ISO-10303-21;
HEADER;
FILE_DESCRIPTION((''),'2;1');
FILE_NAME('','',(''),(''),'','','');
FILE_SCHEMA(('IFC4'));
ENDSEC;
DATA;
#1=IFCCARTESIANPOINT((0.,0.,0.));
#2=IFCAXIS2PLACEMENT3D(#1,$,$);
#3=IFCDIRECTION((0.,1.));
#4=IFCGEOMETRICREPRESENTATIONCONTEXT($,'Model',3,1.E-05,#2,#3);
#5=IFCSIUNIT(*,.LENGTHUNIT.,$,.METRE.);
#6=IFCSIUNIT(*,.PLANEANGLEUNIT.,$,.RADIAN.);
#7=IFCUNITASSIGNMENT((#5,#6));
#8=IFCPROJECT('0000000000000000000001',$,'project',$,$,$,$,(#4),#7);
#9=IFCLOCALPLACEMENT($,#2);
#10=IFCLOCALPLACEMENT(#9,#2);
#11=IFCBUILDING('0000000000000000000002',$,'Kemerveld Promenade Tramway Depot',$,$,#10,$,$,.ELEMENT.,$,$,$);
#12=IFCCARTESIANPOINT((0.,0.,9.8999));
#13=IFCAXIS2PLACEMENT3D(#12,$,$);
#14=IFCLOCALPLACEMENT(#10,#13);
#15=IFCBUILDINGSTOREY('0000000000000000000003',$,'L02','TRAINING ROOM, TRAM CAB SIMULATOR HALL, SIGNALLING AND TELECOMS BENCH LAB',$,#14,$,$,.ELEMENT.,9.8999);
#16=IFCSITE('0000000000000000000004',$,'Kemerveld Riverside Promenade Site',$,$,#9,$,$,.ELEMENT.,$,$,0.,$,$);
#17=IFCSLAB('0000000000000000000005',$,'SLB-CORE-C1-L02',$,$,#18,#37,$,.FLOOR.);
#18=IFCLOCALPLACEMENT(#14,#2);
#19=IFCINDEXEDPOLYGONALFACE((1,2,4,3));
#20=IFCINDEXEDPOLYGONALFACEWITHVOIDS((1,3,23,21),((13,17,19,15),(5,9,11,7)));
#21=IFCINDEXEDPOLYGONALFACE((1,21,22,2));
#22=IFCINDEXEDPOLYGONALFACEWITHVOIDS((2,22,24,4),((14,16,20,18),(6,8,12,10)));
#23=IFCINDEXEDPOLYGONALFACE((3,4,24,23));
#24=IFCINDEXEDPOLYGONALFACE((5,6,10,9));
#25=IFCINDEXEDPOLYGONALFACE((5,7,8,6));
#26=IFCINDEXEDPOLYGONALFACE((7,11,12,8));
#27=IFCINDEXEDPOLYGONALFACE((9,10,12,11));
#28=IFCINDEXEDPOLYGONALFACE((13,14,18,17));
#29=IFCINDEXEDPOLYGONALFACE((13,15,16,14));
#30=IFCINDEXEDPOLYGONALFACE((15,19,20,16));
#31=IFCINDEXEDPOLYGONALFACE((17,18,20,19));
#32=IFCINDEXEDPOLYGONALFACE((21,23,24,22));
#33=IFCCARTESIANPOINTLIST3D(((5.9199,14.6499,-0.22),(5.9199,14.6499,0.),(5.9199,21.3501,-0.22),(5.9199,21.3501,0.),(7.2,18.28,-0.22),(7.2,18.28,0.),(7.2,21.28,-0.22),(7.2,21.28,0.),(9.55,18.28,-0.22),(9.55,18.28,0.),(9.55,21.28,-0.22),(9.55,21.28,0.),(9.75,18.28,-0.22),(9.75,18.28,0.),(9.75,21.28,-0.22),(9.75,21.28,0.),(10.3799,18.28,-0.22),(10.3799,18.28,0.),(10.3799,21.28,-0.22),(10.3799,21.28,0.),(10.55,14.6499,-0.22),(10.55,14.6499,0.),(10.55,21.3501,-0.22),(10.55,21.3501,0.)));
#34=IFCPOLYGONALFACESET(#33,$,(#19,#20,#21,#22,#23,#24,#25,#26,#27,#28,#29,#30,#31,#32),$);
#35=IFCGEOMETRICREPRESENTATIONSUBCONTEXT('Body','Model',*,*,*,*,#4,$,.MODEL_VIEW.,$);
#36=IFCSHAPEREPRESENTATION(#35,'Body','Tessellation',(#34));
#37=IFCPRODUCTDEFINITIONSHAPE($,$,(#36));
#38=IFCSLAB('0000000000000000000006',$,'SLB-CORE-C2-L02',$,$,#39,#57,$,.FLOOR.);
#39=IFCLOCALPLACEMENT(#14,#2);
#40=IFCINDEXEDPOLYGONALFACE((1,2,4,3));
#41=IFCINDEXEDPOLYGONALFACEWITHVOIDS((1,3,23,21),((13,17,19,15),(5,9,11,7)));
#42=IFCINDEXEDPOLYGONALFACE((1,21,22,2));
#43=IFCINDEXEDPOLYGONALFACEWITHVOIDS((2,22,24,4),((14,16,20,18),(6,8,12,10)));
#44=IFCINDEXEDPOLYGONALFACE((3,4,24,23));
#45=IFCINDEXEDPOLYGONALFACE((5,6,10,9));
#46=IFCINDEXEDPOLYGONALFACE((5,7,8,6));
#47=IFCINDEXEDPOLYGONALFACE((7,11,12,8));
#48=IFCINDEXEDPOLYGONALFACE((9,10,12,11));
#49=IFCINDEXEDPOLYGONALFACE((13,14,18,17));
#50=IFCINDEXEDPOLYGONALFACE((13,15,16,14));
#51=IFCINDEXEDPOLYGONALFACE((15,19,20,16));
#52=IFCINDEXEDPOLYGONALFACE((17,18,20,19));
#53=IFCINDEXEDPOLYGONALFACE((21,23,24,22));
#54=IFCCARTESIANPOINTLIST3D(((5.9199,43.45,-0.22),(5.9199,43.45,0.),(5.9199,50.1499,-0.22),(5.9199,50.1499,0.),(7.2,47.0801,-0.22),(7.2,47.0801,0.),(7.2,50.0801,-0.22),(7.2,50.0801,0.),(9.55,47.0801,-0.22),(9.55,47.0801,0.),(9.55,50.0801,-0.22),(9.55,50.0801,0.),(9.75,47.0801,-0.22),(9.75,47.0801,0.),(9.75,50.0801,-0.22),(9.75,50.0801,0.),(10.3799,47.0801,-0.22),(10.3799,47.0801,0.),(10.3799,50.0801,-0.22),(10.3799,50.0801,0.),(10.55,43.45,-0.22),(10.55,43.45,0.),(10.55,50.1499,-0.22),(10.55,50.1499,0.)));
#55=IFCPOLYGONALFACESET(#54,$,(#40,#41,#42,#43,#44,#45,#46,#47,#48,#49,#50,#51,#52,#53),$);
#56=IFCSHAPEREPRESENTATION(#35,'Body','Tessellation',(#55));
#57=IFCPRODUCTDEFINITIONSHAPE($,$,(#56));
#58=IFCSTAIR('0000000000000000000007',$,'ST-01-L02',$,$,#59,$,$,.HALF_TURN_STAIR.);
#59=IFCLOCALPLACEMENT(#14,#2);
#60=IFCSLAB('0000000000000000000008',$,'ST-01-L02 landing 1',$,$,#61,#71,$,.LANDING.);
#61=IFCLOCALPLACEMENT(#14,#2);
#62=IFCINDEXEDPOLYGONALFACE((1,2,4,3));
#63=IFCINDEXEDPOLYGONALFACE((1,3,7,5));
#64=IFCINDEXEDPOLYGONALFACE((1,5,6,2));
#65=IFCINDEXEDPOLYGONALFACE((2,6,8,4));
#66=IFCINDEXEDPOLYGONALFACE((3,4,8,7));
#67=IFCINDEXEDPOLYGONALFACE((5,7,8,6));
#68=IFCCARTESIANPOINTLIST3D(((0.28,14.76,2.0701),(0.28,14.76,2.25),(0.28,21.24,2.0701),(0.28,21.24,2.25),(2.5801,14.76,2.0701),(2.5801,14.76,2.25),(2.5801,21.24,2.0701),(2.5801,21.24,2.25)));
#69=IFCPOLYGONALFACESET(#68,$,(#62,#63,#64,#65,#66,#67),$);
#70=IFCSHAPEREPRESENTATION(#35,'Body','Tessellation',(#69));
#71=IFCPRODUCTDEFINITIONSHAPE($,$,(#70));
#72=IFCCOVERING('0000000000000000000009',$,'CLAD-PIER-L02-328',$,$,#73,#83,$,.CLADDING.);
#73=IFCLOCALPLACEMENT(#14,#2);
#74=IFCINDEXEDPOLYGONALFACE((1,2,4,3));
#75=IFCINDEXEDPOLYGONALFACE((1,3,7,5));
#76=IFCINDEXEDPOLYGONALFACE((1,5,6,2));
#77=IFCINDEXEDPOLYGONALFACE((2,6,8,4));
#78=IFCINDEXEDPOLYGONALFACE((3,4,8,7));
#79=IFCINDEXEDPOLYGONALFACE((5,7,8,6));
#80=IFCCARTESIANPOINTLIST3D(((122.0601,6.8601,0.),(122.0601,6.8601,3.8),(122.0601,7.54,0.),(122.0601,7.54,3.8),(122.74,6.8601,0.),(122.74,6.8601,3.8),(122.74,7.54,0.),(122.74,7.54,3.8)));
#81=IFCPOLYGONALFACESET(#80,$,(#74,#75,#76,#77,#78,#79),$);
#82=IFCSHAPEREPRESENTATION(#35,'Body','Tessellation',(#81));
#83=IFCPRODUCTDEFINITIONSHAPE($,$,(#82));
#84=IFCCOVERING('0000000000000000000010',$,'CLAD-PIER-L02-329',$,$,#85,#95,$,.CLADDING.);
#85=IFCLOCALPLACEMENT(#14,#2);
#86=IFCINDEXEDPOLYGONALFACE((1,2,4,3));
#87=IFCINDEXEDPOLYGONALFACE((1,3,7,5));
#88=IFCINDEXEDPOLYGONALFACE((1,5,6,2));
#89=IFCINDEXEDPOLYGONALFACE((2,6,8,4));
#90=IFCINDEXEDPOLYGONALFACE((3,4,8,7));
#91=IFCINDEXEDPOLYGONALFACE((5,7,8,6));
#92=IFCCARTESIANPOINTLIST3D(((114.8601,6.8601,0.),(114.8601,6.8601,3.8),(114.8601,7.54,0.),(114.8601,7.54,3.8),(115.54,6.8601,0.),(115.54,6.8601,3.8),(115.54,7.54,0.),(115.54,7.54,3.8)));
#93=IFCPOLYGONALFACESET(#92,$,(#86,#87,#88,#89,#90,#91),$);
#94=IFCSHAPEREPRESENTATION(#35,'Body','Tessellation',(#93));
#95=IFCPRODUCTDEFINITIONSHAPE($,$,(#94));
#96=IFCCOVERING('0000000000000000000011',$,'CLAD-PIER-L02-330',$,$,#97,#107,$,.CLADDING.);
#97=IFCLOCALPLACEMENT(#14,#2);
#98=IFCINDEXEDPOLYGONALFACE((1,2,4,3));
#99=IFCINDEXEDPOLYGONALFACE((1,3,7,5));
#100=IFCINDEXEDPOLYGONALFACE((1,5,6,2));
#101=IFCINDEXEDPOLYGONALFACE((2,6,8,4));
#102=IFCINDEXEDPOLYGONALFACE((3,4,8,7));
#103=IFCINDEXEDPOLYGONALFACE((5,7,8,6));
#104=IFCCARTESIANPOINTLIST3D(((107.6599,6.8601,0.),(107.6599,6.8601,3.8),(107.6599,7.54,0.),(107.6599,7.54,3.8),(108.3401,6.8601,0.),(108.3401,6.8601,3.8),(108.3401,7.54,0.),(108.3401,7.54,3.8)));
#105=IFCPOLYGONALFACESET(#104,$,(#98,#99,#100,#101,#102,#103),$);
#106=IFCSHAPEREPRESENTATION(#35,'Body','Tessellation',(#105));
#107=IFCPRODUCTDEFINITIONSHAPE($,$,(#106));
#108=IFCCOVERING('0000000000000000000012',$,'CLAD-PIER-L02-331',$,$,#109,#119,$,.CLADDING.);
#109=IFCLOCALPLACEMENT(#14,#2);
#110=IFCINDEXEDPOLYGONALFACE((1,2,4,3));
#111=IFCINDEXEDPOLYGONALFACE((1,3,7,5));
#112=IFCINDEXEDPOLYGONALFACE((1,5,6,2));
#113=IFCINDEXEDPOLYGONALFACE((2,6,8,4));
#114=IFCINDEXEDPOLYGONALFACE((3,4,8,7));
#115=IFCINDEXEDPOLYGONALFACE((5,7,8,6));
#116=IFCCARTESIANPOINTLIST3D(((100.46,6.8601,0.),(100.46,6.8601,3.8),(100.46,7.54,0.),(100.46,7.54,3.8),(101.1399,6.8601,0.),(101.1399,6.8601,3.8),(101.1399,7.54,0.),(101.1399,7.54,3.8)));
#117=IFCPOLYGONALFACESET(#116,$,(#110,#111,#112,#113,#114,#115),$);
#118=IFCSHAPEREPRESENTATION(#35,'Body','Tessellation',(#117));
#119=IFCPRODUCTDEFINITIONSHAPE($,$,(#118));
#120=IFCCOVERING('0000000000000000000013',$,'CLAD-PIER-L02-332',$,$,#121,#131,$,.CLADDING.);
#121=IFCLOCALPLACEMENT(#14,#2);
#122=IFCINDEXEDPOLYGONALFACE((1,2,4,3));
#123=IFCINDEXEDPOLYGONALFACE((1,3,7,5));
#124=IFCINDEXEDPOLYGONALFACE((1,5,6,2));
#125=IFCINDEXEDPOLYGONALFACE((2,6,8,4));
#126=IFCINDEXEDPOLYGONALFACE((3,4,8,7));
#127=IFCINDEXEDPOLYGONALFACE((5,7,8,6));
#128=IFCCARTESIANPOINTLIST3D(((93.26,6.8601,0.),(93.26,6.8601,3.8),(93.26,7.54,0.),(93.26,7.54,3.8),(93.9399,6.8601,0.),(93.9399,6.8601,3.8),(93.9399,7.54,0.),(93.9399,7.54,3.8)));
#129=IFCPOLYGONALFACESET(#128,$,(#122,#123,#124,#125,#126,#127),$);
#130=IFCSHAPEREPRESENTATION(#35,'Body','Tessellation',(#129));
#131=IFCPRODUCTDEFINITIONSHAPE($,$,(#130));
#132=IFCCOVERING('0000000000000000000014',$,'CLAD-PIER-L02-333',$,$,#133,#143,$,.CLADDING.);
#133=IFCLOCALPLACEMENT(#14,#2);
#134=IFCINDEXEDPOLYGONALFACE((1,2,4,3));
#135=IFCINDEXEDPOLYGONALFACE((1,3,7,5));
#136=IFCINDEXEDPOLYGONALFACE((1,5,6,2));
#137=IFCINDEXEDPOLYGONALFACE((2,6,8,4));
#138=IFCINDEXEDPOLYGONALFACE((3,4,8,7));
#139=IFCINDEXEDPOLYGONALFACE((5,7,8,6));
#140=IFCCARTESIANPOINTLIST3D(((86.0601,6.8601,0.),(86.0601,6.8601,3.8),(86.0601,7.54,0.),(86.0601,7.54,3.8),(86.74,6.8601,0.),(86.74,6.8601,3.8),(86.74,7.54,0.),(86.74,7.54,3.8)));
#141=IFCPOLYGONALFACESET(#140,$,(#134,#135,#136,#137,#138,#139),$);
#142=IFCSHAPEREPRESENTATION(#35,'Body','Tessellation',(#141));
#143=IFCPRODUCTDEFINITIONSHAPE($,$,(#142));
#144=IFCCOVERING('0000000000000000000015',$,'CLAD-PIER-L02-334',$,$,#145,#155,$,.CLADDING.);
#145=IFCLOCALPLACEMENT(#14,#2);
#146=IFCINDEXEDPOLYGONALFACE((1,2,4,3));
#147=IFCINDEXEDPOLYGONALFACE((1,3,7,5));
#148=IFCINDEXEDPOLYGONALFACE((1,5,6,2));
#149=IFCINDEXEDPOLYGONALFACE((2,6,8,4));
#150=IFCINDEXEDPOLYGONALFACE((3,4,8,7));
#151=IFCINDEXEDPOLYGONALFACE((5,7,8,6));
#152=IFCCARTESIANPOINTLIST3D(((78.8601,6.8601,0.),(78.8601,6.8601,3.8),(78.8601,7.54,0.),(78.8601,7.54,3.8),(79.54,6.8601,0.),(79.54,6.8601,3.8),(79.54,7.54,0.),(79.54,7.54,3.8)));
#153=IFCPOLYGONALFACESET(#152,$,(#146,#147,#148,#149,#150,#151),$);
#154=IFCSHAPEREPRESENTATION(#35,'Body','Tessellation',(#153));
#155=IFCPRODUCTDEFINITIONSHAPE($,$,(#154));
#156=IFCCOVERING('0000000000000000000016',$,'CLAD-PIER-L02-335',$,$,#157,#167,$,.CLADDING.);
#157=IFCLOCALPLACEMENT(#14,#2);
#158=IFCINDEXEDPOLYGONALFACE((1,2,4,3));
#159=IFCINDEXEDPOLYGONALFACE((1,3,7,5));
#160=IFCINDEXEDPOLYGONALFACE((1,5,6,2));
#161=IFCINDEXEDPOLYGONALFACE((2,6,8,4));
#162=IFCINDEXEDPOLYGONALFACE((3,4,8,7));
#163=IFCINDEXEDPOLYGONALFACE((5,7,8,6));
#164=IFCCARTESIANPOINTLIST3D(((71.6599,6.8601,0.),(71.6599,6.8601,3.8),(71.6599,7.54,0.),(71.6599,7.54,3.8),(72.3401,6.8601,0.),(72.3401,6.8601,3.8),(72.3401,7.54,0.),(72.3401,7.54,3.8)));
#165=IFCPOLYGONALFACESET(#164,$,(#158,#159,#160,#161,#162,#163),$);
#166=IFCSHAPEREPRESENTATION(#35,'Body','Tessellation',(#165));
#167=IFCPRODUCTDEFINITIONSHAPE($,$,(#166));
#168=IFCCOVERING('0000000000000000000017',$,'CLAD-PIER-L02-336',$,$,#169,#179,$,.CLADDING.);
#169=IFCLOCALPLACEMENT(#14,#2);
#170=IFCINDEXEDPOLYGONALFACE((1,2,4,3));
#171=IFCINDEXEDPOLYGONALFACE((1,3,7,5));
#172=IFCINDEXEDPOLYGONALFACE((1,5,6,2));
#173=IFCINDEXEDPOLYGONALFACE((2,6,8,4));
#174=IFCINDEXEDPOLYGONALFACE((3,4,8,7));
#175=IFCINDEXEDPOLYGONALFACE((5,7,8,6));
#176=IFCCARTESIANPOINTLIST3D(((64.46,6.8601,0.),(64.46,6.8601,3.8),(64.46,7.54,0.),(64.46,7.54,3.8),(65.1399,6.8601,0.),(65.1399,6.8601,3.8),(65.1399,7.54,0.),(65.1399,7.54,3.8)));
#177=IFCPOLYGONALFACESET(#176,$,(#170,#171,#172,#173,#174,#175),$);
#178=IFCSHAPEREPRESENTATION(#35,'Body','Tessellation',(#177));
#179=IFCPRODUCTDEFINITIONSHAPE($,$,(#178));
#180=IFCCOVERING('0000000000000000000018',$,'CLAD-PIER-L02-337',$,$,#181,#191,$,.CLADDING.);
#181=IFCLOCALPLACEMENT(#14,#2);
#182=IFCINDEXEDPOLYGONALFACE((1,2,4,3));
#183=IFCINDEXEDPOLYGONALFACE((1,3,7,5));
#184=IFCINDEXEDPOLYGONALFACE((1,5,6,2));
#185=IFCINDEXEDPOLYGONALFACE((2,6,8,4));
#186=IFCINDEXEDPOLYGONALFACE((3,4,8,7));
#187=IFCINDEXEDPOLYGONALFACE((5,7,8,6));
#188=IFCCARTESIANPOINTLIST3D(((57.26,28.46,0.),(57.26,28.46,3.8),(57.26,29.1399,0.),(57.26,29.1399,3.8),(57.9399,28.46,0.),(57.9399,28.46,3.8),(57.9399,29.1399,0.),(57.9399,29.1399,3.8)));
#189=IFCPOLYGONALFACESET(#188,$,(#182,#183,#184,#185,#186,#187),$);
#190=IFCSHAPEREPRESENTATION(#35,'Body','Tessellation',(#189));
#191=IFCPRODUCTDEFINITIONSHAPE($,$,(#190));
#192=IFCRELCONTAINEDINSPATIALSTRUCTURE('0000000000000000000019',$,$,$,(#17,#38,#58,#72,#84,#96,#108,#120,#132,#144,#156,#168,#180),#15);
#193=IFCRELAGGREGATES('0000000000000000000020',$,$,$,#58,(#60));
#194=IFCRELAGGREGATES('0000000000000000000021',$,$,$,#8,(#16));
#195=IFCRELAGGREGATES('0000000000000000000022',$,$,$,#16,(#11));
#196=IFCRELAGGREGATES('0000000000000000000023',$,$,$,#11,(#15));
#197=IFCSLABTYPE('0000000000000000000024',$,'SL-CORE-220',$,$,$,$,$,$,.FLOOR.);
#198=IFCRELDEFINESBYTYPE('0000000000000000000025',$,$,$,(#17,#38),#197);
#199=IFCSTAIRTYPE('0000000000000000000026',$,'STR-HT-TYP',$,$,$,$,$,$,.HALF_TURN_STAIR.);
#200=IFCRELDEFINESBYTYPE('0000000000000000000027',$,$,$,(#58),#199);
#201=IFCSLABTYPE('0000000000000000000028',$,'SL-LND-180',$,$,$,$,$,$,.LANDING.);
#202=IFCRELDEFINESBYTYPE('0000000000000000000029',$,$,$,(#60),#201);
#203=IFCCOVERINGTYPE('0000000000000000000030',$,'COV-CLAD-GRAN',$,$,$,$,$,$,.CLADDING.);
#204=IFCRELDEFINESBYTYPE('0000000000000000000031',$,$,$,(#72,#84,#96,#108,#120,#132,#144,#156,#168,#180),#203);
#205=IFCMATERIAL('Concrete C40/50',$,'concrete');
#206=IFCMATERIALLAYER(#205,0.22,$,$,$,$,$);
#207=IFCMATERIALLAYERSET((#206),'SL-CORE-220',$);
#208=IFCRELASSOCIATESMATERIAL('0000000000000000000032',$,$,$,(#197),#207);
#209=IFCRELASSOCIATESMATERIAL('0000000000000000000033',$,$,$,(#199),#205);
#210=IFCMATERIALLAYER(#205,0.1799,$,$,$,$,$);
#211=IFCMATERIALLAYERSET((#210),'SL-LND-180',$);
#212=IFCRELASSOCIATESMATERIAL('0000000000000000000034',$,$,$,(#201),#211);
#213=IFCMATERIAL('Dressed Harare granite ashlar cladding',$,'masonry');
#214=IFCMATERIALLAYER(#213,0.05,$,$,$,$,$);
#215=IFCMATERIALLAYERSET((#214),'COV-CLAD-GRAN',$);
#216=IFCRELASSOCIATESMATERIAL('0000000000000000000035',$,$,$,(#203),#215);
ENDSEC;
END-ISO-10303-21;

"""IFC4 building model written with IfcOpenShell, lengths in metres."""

from ifc_helpers import new_model, si_unit, direction, frame, origin, place, context, subcontext, project, spatial, polyline, outline, extrude, material, layer, layer_set, type_object, element, aggregate, save


model = new_model("IFC4")

# Units and contexts
model_context = context("Model", 3, precision=1e-05, world=origin(), true_north=direction((0.0, 1.0)))
body_context = subcontext(model_context, "Body", "Model", "MODEL_VIEW")
ifc_project = project(units=[si_unit("LENGTHUNIT", "METRE"), si_unit("PLANEANGLEUNIT", "RADIAN")], contexts=[model_context])

# Site, building, storey
site_placement = place(None, origin())
site = spatial("IfcSite", under=ifc_project, at=site_placement, Name="Kemerveld Riverside Promenade Site", CompositionType="ELEMENT", RefElevation=0.0)
building_placement = place(site_placement, origin())
building = spatial("IfcBuilding", under=site, at=building_placement, Name="Kemerveld Promenade Tramway Depot", CompositionType="ELEMENT")
storey_placement = place(building_placement, frame((0.0, 0.0, 9.8999)))
storey = spatial("IfcBuildingStorey", under=building, at=storey_placement, Name="L02", Description="TRAINING ROOM, TRAM CAB SIMULATOR HALL, SIGNALLING AND TELECOMS BENCH LAB", CompositionType="ELEMENT", Elevation=9.8999)

# Slabs
ifc_material_1 = material(Name="Concrete C40/50", Category="concrete")
ifc_layer_1 = layer(ifc_material_1, 0.22)
ifc_layer_set_1 = layer_set([ifc_layer_1], Name="SL-CORE-220")
slab_type_1 = type_object("IfcSlabType", Name="SL-CORE-220", PredefinedType="FLOOR", material=ifc_layer_set_1)
slab_1_placement = place(storey_placement, frame((0.0, 0.0, -0.22)))
element("IfcSlab", 1, at=slab_1_placement, inside=storey, type_object=slab_type_1, Name="SLB-CORE-C1-L02", PredefinedType="FLOOR", context=body_context, shape_type="SweptSolid", body=[
    extrude(outline(polyline([(5.9199, 14.6499), (10.55, 14.6499), (10.55, 21.3501), (5.9199, 21.3501), (5.9199, 14.6499)]), holes=[polyline([(7.2, 18.28), (9.55, 18.28), (9.55, 21.28), (7.2, 21.28), (7.2, 18.28)]), polyline([(9.75, 18.28), (10.3799, 18.28), (10.3799, 21.28), (9.75, 21.28), (9.75, 18.28)])]), origin(), (0.0, 0.0, 1.0), 0.22),
])
slab_2_placement = place(storey_placement, frame((0.0, 0.0, -0.22)))
element("IfcSlab", 2, at=slab_2_placement, inside=storey, type_object=slab_type_1, Name="SLB-CORE-C2-L02", PredefinedType="FLOOR", context=body_context, shape_type="SweptSolid", body=[
    extrude(outline(polyline([(5.9199, 43.45), (10.55, 43.45), (10.55, 50.1499), (5.9199, 50.1499), (5.9199, 43.45)]), holes=[polyline([(7.2, 47.0801), (9.55, 47.0801), (9.55, 50.0801), (7.2, 50.0801), (7.2, 47.0801)]), polyline([(9.75, 47.0801), (10.3799, 47.0801), (10.3799, 50.0801), (9.75, 50.0801), (9.75, 47.0801)])]), origin(), (0.0, 0.0, 1.0), 0.22),
])

# Stair, slab
stair_type = type_object("IfcStairType", Name="STR-HT-TYP", PredefinedType="HALF_TURN_STAIR", material=ifc_material_1)
stair_placement = place(storey_placement, origin())
stair = element("IfcStair", 3, at=stair_placement, inside=storey, type_object=stair_type, Name="ST-01-L02", PredefinedType="HALF_TURN_STAIR")
ifc_layer_2 = layer(ifc_material_1, 0.1799)
ifc_layer_set_2 = layer_set([ifc_layer_2], Name="SL-LND-180")
slab_type_2 = type_object("IfcSlabType", Name="SL-LND-180", PredefinedType="LANDING", material=ifc_layer_set_2)
slab_3_placement = place(storey_placement, frame((0.0, 0.0, 2.0701)))
slab_3 = element("IfcSlab", 4, at=slab_3_placement, type_object=slab_type_2, Name="ST-01-L02 landing 1", PredefinedType="LANDING", context=body_context, shape_type="SweptSolid", body=[
    extrude(outline(polyline([(0.28, 14.76), (2.5801, 14.76), (2.5801, 21.24), (0.28, 21.24), (0.28, 14.76)])), origin(), (0.0, 0.0, 1.0), 0.1799),
])
aggregate(stair, [slab_3])

# Coverings
ifc_material_2 = material(Name="Dressed Harare granite ashlar cladding", Category="masonry")
ifc_layer_3 = layer(ifc_material_2, 0.05)
ifc_layer_set_3 = layer_set([ifc_layer_3], Name="COV-CLAD-GRAN")
covering_type = type_object("IfcCoveringType", Name="COV-CLAD-GRAN", PredefinedType="CLADDING", material=ifc_layer_set_3)
covering_1_placement = place(storey_placement, origin())
element("IfcCovering", 5, at=covering_1_placement, inside=storey, type_object=covering_type, Name="CLAD-PIER-L02-328", PredefinedType="CLADDING", context=body_context, shape_type="SweptSolid", body=[
    extrude(outline(polyline([(122.0601, 6.8601), (122.74, 6.8601), (122.74, 7.54), (122.0601, 7.54), (122.0601, 6.8601)])), origin(), (0.0, 0.0, 1.0), 3.8),
])
covering_2_placement = place(storey_placement, origin())
element("IfcCovering", 6, at=covering_2_placement, inside=storey, type_object=covering_type, Name="CLAD-PIER-L02-329", PredefinedType="CLADDING", context=body_context, shape_type="SweptSolid", body=[
    extrude(outline(polyline([(114.8601, 6.8601), (115.54, 6.8601), (115.54, 7.54), (114.8601, 7.54), (114.8601, 6.8601)])), origin(), (0.0, 0.0, 1.0), 3.8),
])
covering_3_placement = place(storey_placement, origin())
element("IfcCovering", 7, at=covering_3_placement, inside=storey, type_object=covering_type, Name="CLAD-PIER-L02-330", PredefinedType="CLADDING", context=body_context, shape_type="SweptSolid", body=[
    extrude(outline(polyline([(107.6599, 6.8601), (108.3401, 6.8601), (108.3401, 7.54), (107.6599, 7.54), (107.6599, 6.8601)])), origin(), (0.0, 0.0, 1.0), 3.8),
])
covering_4_placement = place(storey_placement, origin())
element("IfcCovering", 8, at=covering_4_placement, inside=storey, type_object=covering_type, Name="CLAD-PIER-L02-331", PredefinedType="CLADDING", context=body_context, shape_type="SweptSolid", body=[
    extrude(outline(polyline([(100.46, 6.8601), (101.1399, 6.8601), (101.1399, 7.54), (100.46, 7.54), (100.46, 6.8601)])), origin(), (0.0, 0.0, 1.0), 3.8),
])
covering_5_placement = place(storey_placement, origin())
element("IfcCovering", 9, at=covering_5_placement, inside=storey, type_object=covering_type, Name="CLAD-PIER-L02-332", PredefinedType="CLADDING", context=body_context, shape_type="SweptSolid", body=[
    extrude(outline(polyline([(93.26, 6.8601), (93.9399, 6.8601), (93.9399, 7.54), (93.26, 7.54), (93.26, 6.8601)])), origin(), (0.0, 0.0, 1.0), 3.8),
])
covering_6_placement = place(storey_placement, origin())
element("IfcCovering", 10, at=covering_6_placement, inside=storey, type_object=covering_type, Name="CLAD-PIER-L02-333", PredefinedType="CLADDING", context=body_context, shape_type="SweptSolid", body=[
    extrude(outline(polyline([(86.0601, 6.8601), (86.74, 6.8601), (86.74, 7.54), (86.0601, 7.54), (86.0601, 6.8601)])), origin(), (0.0, 0.0, 1.0), 3.8),
])
covering_7_placement = place(storey_placement, origin())
element("IfcCovering", 11, at=covering_7_placement, inside=storey, type_object=covering_type, Name="CLAD-PIER-L02-334", PredefinedType="CLADDING", context=body_context, shape_type="SweptSolid", body=[
    extrude(outline(polyline([(78.8601, 6.8601), (79.54, 6.8601), (79.54, 7.54), (78.8601, 7.54), (78.8601, 6.8601)])), origin(), (0.0, 0.0, 1.0), 3.8),
])
covering_8_placement = place(storey_placement, origin())
element("IfcCovering", 12, at=covering_8_placement, inside=storey, type_object=covering_type, Name="CLAD-PIER-L02-335", PredefinedType="CLADDING", context=body_context, shape_type="SweptSolid", body=[
    extrude(outline(polyline([(71.6599, 6.8601), (72.3401, 6.8601), (72.3401, 7.54), (71.6599, 7.54), (71.6599, 6.8601)])), origin(), (0.0, 0.0, 1.0), 3.8),
])
covering_9_placement = place(storey_placement, origin())
element("IfcCovering", 13, at=covering_9_placement, inside=storey, type_object=covering_type, Name="CLAD-PIER-L02-336", PredefinedType="CLADDING", context=body_context, shape_type="SweptSolid", body=[
    extrude(outline(polyline([(64.46, 6.8601), (65.1399, 6.8601), (65.1399, 7.54), (64.46, 7.54), (64.46, 6.8601)])), origin(), (0.0, 0.0, 1.0), 3.8),
])
covering_10_placement = place(storey_placement, origin())
element("IfcCovering", 14, at=covering_10_placement, inside=storey, type_object=covering_type, Name="CLAD-PIER-L02-337", PredefinedType="CLADDING", context=body_context, shape_type="SweptSolid", body=[
    extrude(outline(polyline([(57.26, 28.46), (57.9399, 28.46), (57.9399, 29.1399), (57.26, 29.1399), (57.26, 28.46)])), origin(), (0.0, 0.0, 1.0), 3.8),
])

save(model, "model.ifc")
